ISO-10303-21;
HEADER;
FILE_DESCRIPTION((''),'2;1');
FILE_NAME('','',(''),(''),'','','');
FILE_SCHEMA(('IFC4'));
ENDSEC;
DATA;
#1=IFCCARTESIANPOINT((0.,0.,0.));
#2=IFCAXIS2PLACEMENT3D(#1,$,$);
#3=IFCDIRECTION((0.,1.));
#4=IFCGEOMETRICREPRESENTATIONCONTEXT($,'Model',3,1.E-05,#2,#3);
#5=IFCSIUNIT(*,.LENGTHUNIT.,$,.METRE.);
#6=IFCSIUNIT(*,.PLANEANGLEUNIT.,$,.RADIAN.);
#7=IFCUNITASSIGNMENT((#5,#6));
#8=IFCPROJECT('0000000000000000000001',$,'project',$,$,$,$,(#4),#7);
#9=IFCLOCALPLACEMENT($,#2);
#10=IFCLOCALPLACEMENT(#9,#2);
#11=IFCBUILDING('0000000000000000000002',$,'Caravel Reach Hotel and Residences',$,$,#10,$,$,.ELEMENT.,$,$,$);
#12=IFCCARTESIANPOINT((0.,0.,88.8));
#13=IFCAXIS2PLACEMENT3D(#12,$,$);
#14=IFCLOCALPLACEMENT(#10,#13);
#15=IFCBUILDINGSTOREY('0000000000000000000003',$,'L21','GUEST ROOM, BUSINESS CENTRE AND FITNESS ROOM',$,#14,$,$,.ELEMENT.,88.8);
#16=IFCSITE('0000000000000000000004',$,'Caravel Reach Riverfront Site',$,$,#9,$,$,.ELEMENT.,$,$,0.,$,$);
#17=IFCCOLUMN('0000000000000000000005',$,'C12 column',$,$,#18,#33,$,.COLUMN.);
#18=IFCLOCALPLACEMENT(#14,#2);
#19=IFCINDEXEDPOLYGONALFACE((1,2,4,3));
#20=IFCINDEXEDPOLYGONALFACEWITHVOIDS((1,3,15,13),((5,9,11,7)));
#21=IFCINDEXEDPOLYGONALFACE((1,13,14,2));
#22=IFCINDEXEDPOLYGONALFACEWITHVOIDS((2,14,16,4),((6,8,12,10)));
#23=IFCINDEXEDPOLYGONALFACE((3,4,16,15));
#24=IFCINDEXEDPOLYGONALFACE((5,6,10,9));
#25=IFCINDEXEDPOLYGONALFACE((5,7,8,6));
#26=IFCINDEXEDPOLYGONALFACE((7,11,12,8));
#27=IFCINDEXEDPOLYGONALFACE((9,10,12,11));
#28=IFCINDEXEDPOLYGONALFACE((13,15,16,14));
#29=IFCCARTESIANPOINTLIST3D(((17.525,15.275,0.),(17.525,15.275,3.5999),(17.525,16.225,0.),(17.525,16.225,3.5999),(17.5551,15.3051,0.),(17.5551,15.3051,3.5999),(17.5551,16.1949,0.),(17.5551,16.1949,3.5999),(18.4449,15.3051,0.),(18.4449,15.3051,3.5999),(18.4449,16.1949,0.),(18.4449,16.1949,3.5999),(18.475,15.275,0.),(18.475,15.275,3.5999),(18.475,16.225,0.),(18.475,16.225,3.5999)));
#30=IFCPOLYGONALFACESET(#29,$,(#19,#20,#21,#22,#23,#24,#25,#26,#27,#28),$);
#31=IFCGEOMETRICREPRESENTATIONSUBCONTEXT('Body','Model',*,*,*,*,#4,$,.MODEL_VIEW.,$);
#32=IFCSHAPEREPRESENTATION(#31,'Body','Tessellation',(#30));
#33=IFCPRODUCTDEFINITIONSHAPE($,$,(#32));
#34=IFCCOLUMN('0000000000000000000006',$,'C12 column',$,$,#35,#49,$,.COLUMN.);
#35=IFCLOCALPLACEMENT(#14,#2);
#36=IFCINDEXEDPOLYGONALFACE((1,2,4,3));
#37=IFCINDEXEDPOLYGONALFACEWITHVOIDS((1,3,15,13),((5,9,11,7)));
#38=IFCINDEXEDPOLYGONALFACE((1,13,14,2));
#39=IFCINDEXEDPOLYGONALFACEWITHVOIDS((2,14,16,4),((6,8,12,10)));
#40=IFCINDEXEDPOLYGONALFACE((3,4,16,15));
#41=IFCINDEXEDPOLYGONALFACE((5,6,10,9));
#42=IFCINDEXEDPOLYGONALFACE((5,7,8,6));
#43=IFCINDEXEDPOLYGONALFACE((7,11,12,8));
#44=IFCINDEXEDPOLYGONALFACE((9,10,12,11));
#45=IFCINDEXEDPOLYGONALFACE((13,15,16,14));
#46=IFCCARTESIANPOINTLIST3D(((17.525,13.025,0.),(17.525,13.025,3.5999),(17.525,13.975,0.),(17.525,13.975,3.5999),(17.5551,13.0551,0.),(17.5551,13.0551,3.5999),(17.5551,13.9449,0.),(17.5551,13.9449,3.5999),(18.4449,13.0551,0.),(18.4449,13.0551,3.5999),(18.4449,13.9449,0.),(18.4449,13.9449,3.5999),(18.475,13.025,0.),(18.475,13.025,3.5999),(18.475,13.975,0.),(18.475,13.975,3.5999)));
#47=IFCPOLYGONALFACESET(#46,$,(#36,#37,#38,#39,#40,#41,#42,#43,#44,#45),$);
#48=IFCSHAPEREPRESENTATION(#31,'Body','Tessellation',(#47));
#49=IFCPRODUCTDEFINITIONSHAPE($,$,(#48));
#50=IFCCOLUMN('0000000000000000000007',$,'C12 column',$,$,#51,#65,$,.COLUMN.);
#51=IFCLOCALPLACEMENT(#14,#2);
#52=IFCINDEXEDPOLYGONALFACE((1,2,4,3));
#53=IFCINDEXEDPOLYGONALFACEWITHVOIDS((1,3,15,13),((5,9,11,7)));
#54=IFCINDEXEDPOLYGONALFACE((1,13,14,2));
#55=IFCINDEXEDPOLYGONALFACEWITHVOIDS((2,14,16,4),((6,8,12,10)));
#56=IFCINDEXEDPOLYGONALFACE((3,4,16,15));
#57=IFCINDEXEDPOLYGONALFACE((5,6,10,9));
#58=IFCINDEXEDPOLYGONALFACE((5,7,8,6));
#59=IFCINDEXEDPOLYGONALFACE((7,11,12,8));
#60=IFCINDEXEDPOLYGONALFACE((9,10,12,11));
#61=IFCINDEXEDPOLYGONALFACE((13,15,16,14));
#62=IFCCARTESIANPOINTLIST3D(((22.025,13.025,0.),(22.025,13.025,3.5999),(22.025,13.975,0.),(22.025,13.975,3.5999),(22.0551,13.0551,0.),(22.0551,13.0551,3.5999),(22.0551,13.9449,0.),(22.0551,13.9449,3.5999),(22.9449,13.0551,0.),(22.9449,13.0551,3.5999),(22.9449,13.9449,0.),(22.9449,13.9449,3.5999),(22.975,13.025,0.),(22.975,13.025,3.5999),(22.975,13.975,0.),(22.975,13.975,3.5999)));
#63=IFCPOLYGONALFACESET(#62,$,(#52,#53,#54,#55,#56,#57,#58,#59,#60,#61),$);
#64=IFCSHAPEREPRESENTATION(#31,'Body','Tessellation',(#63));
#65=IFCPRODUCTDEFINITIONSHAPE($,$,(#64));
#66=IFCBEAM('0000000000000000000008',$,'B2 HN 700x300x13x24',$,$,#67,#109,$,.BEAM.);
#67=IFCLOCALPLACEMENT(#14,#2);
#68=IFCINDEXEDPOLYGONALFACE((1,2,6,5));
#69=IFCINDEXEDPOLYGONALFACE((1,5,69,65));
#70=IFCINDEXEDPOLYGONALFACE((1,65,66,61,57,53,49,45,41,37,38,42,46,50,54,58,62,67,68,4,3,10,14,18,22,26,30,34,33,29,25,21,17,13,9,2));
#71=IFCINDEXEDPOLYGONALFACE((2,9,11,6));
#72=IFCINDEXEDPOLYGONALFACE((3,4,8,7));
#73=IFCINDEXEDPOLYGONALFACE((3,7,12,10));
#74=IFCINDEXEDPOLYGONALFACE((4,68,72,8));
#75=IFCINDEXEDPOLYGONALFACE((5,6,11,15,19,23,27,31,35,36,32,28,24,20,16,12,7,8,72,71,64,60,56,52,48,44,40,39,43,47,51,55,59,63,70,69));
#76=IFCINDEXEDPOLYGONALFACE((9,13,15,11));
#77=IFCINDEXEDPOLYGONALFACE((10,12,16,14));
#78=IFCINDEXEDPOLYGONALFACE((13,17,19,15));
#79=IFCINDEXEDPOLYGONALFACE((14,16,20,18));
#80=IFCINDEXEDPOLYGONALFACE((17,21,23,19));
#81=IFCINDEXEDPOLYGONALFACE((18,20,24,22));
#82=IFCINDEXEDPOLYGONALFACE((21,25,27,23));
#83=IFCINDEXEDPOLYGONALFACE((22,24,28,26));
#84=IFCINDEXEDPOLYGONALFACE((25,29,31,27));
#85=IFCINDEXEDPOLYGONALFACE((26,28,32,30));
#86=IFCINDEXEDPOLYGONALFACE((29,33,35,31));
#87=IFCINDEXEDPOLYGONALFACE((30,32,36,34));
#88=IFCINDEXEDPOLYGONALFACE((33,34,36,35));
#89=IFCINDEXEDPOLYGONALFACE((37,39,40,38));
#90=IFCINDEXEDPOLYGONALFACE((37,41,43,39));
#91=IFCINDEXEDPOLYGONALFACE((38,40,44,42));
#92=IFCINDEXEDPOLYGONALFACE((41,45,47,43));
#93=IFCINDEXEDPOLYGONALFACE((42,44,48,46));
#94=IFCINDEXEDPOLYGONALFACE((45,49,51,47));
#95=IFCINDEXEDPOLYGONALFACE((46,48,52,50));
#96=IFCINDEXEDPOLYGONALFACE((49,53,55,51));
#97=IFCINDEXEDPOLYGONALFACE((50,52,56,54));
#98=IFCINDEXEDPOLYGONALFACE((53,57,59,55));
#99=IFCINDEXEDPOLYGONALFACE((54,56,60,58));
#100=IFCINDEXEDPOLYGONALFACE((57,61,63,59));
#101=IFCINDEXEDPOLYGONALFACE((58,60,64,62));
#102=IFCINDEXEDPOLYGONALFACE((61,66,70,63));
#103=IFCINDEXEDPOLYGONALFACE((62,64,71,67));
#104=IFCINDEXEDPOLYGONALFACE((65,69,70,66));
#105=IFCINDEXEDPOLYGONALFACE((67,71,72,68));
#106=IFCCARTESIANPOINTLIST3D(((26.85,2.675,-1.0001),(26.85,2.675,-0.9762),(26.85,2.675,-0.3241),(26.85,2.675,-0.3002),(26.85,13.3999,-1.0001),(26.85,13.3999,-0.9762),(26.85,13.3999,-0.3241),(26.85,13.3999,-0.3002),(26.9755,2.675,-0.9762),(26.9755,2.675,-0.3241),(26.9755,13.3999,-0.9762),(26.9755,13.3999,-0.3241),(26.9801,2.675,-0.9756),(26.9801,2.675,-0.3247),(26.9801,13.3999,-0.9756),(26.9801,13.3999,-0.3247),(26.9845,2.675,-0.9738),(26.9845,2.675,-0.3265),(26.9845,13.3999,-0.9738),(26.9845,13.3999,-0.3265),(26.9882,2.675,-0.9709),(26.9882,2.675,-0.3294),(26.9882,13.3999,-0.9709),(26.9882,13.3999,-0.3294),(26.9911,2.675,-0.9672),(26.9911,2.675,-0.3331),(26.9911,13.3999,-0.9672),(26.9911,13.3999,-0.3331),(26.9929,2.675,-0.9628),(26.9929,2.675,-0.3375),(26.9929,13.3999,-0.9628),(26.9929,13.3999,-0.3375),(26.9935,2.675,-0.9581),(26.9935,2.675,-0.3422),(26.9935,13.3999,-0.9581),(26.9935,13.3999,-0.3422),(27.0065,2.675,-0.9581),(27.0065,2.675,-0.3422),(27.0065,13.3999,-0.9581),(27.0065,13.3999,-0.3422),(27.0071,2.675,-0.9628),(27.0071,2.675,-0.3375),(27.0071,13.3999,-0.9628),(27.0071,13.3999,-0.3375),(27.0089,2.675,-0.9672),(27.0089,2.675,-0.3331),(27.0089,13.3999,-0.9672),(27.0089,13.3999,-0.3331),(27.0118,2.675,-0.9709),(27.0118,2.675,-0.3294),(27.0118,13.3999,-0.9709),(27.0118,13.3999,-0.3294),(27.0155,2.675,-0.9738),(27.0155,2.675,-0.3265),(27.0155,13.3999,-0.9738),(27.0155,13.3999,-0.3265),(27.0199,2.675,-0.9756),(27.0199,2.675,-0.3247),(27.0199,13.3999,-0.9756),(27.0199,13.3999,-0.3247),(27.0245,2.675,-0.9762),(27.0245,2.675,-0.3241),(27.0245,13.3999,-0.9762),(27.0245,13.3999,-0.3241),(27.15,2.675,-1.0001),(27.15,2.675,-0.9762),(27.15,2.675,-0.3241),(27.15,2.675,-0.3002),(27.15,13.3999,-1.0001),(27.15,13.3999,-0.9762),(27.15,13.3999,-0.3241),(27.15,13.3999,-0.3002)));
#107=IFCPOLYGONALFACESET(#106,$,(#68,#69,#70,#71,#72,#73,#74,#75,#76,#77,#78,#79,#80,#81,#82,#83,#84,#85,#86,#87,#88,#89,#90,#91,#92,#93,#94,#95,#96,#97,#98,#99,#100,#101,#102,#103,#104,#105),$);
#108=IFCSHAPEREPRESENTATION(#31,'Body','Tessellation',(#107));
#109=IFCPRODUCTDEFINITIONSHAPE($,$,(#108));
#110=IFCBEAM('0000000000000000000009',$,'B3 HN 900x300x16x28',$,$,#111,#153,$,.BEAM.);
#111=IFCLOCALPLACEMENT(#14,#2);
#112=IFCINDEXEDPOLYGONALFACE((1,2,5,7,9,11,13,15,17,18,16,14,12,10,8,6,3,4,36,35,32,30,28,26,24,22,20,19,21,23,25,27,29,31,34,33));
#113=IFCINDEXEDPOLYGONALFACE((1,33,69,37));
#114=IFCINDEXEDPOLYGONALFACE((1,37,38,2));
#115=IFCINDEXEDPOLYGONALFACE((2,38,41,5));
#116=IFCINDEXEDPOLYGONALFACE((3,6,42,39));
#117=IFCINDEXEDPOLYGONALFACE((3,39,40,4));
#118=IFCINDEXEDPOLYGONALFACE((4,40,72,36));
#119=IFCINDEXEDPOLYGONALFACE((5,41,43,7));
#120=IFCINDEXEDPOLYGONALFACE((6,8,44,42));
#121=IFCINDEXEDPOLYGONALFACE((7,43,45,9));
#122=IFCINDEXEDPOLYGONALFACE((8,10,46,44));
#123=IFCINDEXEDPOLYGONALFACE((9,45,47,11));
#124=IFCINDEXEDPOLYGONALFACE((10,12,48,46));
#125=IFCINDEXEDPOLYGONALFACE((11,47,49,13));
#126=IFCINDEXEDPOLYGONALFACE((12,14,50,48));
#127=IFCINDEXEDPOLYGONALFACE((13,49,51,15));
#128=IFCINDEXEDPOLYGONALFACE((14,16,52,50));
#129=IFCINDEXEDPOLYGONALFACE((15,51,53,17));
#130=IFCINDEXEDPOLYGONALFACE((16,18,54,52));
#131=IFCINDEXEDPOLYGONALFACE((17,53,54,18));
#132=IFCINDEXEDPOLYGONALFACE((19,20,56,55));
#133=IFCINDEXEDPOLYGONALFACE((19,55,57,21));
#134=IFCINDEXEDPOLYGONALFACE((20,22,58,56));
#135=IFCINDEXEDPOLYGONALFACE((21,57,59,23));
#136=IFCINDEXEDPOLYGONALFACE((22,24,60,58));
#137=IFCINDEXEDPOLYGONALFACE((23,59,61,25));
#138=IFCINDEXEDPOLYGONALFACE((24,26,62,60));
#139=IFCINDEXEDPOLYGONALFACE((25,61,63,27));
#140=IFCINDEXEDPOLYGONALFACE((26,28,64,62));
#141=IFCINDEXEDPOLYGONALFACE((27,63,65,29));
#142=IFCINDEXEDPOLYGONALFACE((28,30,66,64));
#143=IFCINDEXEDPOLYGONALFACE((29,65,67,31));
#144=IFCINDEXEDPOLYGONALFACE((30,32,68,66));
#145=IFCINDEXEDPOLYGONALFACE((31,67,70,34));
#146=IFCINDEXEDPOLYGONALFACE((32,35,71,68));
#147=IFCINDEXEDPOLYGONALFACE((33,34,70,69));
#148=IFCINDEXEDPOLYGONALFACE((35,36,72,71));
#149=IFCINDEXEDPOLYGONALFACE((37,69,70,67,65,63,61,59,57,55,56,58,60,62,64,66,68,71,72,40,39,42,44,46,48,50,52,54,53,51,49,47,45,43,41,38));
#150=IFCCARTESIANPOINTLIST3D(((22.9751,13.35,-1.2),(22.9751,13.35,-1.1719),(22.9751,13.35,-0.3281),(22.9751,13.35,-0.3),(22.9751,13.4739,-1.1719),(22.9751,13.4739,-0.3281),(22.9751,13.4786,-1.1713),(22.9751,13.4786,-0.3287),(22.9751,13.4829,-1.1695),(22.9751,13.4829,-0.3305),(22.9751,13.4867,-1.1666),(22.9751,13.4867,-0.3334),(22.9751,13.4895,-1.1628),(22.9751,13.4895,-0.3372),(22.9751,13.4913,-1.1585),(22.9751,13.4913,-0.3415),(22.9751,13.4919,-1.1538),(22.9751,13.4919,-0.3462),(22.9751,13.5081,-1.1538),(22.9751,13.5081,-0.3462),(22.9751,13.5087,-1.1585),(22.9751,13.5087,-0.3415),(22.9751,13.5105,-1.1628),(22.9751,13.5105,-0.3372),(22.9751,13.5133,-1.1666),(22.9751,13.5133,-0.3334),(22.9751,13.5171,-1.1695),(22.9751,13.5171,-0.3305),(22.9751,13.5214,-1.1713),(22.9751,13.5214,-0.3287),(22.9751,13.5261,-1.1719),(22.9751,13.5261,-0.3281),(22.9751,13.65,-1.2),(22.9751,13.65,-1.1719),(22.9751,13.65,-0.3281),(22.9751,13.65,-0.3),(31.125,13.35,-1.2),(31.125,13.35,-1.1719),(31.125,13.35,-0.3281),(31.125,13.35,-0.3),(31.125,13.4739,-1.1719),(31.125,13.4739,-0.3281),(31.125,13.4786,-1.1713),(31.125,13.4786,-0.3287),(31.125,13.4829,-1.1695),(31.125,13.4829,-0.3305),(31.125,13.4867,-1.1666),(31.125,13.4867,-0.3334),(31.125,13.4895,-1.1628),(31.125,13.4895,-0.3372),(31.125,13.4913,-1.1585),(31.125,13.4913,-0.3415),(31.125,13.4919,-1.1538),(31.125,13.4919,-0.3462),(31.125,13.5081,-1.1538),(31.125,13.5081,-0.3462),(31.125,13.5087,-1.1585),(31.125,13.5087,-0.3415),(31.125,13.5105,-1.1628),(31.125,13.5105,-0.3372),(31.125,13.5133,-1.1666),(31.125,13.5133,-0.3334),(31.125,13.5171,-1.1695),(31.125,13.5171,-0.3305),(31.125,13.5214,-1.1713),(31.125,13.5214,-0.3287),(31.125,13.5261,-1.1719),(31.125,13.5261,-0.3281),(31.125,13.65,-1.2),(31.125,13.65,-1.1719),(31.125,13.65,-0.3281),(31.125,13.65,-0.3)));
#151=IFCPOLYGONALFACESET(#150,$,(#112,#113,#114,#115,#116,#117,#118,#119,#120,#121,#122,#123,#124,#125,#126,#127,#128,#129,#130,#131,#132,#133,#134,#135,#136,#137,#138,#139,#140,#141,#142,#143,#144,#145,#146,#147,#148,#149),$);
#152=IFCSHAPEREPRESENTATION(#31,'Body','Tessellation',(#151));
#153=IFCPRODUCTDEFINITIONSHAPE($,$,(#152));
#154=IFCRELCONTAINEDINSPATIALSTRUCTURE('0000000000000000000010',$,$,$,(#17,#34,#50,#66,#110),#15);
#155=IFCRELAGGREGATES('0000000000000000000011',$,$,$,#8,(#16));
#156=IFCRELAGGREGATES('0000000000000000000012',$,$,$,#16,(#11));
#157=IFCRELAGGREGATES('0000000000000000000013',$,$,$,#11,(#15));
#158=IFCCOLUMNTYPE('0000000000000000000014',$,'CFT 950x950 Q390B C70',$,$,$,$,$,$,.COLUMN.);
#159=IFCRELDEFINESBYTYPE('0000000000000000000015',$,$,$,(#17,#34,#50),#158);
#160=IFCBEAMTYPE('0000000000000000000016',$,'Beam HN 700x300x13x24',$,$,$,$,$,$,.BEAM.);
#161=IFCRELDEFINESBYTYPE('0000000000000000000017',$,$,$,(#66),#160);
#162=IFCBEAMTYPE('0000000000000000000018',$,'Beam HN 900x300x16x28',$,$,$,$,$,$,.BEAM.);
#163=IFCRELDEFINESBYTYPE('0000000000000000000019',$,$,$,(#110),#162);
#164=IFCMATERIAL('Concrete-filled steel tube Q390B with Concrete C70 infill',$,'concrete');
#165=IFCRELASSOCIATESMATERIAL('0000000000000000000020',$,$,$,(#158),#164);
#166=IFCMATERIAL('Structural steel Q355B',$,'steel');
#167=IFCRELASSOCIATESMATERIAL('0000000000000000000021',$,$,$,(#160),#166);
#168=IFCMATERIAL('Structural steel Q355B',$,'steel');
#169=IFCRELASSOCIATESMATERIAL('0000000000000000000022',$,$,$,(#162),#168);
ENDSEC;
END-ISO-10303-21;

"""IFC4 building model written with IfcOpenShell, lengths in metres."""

from ifc_helpers import new_model, si_unit, direction, frame, origin, origin_2d, place, context, subcontext, project, spatial, hollow_rectangle, i_section, extrude, material, material_profile, profile_set, type_object, element, save


model = new_model("IFC4")

# Units and contexts
model_context = context("Model", 3, precision=1e-05, world=origin(), true_north=direction((0.0, 1.0)))
body_context = subcontext(model_context, "Body", "Model", "MODEL_VIEW")
ifc_project = project(units=[si_unit("LENGTHUNIT", "METRE"), si_unit("PLANEANGLEUNIT", "RADIAN")], contexts=[model_context])

# Site, building, storey
site_placement = place(None, origin())
site = spatial("IfcSite", under=ifc_project, at=site_placement, Name="Caravel Reach Riverfront Site", CompositionType="ELEMENT", RefElevation=0.0)
building_placement = place(site_placement, origin())
building = spatial("IfcBuilding", under=site, at=building_placement, Name="Caravel Reach Hotel and Residences", CompositionType="ELEMENT")
storey_placement = place(building_placement, frame((0.0, 0.0, 88.8)))
storey = spatial("IfcBuildingStorey", under=building, at=storey_placement, Name="L21", Description="GUEST ROOM, BUSINESS CENTRE AND FITNESS ROOM", CompositionType="ELEMENT", Elevation=88.8)

# Columns
ifc_material_1 = material(Name="Concrete-filled steel tube Q390B with Concrete C70 infill", Category="concrete")
ifc_material_profile_1 = material_profile(ifc_material_1, hollow_rectangle(XDim=0.95, YDim=0.95, WallThickness=0.03, at=origin_2d()), Name="RHS 950x950x30")
ifc_profile_set_1 = profile_set([ifc_material_profile_1], Name="Concrete-filled steel tube Q390B with Concrete C70 infill")
column_type = type_object("IfcColumnType", Name="CFT 950x950 Q390B C70", PredefinedType="COLUMN", material=ifc_profile_set_1)
for number, where, z_axis, x_axis, name in (
    (1, (18.0, 15.75, 0.0), (0.0, 0.0, 1.0), (1.0, 0.0, 0.0), "C12 column"),
    (2, (18.0, 13.5, 0.0), (0.0, 0.0, 1.0), (1.0, 0.0, 0.0), "C12 column"),
    (3, (22.5, 13.5, 0.0), (0.0, 0.0, 1.0), (1.0, 0.0, 0.0), "C12 column"),
):
    element("IfcColumn", number, at=place(storey_placement, frame(where, z_axis=z_axis, x_axis=x_axis)), inside=storey, type_object=column_type, Name=name, PredefinedType="COLUMN", context=body_context, shape_type="SweptSolid", body=[
        extrude(hollow_rectangle(XDim=0.95, YDim=0.95, WallThickness=0.03, at=origin_2d()), origin(), (0.0, 0.0, 1.0), 3.5999),
    ])

# Beams
ifc_material_2 = material(Name="Structural steel Q355B", Category="steel")
ifc_material_profile_2 = material_profile(ifc_material_2, i_section(OverallWidth=0.3, OverallDepth=0.7, WebThickness=0.0129, FlangeThickness=0.0239, FilletRadius=0.0181, at=origin_2d()), Name="HN 700x300x13x24")
ifc_profile_set_2 = profile_set([ifc_material_profile_2], Name="Structural steel Q355B")
beam_type_1 = type_object("IfcBeamType", Name="Beam HN 700x300x13x24", PredefinedType="BEAM", material=ifc_profile_set_2)
beam_1_placement = place(storey_placement, frame((27.0, 13.3999, -0.6501), z_axis=(0.0, -1.0, 0.0), x_axis=(1.0, 0.0, 0.0)))
element("IfcBeam", 4, at=beam_1_placement, inside=storey, type_object=beam_type_1, Name="B2 HN 700x300x13x24", PredefinedType="BEAM", context=body_context, shape_type="SweptSolid", body=[
    extrude(i_section(OverallWidth=0.3, OverallDepth=0.7, WebThickness=0.0129, FlangeThickness=0.0239, FilletRadius=0.0181, at=origin_2d()), origin(), (0.0, 0.0, 1.0), 10.7249),
])
ifc_material_3 = material(Name="Structural steel Q355B", Category="steel")
ifc_material_profile_3 = material_profile(ifc_material_3, i_section(OverallWidth=0.3, OverallDepth=0.8999, WebThickness=0.0161, FlangeThickness=0.0281, FilletRadius=0.0181, at=origin_2d()), Name="HN 900x300x16x28")
ifc_profile_set_3 = profile_set([ifc_material_profile_3], Name="Structural steel Q355B")
beam_type_2 = type_object("IfcBeamType", Name="Beam HN 900x300x16x28", PredefinedType="BEAM", material=ifc_profile_set_3)
beam_2_placement = place(storey_placement, frame((22.9751, 13.5, -0.75), z_axis=(1.0, 0.0, 0.0), x_axis=(0.0, 1.0, 0.0)))
element("IfcBeam", 5, at=beam_2_placement, inside=storey, type_object=beam_type_2, Name="B3 HN 900x300x16x28", PredefinedType="BEAM", context=body_context, shape_type="SweptSolid", body=[
    extrude(i_section(OverallWidth=0.3, OverallDepth=0.8999, WebThickness=0.0161, FlangeThickness=0.0281, FilletRadius=0.0181, at=origin_2d()), origin(), (0.0, 0.0, 1.0), 8.1499),
])

save(model, "model.ifc")
